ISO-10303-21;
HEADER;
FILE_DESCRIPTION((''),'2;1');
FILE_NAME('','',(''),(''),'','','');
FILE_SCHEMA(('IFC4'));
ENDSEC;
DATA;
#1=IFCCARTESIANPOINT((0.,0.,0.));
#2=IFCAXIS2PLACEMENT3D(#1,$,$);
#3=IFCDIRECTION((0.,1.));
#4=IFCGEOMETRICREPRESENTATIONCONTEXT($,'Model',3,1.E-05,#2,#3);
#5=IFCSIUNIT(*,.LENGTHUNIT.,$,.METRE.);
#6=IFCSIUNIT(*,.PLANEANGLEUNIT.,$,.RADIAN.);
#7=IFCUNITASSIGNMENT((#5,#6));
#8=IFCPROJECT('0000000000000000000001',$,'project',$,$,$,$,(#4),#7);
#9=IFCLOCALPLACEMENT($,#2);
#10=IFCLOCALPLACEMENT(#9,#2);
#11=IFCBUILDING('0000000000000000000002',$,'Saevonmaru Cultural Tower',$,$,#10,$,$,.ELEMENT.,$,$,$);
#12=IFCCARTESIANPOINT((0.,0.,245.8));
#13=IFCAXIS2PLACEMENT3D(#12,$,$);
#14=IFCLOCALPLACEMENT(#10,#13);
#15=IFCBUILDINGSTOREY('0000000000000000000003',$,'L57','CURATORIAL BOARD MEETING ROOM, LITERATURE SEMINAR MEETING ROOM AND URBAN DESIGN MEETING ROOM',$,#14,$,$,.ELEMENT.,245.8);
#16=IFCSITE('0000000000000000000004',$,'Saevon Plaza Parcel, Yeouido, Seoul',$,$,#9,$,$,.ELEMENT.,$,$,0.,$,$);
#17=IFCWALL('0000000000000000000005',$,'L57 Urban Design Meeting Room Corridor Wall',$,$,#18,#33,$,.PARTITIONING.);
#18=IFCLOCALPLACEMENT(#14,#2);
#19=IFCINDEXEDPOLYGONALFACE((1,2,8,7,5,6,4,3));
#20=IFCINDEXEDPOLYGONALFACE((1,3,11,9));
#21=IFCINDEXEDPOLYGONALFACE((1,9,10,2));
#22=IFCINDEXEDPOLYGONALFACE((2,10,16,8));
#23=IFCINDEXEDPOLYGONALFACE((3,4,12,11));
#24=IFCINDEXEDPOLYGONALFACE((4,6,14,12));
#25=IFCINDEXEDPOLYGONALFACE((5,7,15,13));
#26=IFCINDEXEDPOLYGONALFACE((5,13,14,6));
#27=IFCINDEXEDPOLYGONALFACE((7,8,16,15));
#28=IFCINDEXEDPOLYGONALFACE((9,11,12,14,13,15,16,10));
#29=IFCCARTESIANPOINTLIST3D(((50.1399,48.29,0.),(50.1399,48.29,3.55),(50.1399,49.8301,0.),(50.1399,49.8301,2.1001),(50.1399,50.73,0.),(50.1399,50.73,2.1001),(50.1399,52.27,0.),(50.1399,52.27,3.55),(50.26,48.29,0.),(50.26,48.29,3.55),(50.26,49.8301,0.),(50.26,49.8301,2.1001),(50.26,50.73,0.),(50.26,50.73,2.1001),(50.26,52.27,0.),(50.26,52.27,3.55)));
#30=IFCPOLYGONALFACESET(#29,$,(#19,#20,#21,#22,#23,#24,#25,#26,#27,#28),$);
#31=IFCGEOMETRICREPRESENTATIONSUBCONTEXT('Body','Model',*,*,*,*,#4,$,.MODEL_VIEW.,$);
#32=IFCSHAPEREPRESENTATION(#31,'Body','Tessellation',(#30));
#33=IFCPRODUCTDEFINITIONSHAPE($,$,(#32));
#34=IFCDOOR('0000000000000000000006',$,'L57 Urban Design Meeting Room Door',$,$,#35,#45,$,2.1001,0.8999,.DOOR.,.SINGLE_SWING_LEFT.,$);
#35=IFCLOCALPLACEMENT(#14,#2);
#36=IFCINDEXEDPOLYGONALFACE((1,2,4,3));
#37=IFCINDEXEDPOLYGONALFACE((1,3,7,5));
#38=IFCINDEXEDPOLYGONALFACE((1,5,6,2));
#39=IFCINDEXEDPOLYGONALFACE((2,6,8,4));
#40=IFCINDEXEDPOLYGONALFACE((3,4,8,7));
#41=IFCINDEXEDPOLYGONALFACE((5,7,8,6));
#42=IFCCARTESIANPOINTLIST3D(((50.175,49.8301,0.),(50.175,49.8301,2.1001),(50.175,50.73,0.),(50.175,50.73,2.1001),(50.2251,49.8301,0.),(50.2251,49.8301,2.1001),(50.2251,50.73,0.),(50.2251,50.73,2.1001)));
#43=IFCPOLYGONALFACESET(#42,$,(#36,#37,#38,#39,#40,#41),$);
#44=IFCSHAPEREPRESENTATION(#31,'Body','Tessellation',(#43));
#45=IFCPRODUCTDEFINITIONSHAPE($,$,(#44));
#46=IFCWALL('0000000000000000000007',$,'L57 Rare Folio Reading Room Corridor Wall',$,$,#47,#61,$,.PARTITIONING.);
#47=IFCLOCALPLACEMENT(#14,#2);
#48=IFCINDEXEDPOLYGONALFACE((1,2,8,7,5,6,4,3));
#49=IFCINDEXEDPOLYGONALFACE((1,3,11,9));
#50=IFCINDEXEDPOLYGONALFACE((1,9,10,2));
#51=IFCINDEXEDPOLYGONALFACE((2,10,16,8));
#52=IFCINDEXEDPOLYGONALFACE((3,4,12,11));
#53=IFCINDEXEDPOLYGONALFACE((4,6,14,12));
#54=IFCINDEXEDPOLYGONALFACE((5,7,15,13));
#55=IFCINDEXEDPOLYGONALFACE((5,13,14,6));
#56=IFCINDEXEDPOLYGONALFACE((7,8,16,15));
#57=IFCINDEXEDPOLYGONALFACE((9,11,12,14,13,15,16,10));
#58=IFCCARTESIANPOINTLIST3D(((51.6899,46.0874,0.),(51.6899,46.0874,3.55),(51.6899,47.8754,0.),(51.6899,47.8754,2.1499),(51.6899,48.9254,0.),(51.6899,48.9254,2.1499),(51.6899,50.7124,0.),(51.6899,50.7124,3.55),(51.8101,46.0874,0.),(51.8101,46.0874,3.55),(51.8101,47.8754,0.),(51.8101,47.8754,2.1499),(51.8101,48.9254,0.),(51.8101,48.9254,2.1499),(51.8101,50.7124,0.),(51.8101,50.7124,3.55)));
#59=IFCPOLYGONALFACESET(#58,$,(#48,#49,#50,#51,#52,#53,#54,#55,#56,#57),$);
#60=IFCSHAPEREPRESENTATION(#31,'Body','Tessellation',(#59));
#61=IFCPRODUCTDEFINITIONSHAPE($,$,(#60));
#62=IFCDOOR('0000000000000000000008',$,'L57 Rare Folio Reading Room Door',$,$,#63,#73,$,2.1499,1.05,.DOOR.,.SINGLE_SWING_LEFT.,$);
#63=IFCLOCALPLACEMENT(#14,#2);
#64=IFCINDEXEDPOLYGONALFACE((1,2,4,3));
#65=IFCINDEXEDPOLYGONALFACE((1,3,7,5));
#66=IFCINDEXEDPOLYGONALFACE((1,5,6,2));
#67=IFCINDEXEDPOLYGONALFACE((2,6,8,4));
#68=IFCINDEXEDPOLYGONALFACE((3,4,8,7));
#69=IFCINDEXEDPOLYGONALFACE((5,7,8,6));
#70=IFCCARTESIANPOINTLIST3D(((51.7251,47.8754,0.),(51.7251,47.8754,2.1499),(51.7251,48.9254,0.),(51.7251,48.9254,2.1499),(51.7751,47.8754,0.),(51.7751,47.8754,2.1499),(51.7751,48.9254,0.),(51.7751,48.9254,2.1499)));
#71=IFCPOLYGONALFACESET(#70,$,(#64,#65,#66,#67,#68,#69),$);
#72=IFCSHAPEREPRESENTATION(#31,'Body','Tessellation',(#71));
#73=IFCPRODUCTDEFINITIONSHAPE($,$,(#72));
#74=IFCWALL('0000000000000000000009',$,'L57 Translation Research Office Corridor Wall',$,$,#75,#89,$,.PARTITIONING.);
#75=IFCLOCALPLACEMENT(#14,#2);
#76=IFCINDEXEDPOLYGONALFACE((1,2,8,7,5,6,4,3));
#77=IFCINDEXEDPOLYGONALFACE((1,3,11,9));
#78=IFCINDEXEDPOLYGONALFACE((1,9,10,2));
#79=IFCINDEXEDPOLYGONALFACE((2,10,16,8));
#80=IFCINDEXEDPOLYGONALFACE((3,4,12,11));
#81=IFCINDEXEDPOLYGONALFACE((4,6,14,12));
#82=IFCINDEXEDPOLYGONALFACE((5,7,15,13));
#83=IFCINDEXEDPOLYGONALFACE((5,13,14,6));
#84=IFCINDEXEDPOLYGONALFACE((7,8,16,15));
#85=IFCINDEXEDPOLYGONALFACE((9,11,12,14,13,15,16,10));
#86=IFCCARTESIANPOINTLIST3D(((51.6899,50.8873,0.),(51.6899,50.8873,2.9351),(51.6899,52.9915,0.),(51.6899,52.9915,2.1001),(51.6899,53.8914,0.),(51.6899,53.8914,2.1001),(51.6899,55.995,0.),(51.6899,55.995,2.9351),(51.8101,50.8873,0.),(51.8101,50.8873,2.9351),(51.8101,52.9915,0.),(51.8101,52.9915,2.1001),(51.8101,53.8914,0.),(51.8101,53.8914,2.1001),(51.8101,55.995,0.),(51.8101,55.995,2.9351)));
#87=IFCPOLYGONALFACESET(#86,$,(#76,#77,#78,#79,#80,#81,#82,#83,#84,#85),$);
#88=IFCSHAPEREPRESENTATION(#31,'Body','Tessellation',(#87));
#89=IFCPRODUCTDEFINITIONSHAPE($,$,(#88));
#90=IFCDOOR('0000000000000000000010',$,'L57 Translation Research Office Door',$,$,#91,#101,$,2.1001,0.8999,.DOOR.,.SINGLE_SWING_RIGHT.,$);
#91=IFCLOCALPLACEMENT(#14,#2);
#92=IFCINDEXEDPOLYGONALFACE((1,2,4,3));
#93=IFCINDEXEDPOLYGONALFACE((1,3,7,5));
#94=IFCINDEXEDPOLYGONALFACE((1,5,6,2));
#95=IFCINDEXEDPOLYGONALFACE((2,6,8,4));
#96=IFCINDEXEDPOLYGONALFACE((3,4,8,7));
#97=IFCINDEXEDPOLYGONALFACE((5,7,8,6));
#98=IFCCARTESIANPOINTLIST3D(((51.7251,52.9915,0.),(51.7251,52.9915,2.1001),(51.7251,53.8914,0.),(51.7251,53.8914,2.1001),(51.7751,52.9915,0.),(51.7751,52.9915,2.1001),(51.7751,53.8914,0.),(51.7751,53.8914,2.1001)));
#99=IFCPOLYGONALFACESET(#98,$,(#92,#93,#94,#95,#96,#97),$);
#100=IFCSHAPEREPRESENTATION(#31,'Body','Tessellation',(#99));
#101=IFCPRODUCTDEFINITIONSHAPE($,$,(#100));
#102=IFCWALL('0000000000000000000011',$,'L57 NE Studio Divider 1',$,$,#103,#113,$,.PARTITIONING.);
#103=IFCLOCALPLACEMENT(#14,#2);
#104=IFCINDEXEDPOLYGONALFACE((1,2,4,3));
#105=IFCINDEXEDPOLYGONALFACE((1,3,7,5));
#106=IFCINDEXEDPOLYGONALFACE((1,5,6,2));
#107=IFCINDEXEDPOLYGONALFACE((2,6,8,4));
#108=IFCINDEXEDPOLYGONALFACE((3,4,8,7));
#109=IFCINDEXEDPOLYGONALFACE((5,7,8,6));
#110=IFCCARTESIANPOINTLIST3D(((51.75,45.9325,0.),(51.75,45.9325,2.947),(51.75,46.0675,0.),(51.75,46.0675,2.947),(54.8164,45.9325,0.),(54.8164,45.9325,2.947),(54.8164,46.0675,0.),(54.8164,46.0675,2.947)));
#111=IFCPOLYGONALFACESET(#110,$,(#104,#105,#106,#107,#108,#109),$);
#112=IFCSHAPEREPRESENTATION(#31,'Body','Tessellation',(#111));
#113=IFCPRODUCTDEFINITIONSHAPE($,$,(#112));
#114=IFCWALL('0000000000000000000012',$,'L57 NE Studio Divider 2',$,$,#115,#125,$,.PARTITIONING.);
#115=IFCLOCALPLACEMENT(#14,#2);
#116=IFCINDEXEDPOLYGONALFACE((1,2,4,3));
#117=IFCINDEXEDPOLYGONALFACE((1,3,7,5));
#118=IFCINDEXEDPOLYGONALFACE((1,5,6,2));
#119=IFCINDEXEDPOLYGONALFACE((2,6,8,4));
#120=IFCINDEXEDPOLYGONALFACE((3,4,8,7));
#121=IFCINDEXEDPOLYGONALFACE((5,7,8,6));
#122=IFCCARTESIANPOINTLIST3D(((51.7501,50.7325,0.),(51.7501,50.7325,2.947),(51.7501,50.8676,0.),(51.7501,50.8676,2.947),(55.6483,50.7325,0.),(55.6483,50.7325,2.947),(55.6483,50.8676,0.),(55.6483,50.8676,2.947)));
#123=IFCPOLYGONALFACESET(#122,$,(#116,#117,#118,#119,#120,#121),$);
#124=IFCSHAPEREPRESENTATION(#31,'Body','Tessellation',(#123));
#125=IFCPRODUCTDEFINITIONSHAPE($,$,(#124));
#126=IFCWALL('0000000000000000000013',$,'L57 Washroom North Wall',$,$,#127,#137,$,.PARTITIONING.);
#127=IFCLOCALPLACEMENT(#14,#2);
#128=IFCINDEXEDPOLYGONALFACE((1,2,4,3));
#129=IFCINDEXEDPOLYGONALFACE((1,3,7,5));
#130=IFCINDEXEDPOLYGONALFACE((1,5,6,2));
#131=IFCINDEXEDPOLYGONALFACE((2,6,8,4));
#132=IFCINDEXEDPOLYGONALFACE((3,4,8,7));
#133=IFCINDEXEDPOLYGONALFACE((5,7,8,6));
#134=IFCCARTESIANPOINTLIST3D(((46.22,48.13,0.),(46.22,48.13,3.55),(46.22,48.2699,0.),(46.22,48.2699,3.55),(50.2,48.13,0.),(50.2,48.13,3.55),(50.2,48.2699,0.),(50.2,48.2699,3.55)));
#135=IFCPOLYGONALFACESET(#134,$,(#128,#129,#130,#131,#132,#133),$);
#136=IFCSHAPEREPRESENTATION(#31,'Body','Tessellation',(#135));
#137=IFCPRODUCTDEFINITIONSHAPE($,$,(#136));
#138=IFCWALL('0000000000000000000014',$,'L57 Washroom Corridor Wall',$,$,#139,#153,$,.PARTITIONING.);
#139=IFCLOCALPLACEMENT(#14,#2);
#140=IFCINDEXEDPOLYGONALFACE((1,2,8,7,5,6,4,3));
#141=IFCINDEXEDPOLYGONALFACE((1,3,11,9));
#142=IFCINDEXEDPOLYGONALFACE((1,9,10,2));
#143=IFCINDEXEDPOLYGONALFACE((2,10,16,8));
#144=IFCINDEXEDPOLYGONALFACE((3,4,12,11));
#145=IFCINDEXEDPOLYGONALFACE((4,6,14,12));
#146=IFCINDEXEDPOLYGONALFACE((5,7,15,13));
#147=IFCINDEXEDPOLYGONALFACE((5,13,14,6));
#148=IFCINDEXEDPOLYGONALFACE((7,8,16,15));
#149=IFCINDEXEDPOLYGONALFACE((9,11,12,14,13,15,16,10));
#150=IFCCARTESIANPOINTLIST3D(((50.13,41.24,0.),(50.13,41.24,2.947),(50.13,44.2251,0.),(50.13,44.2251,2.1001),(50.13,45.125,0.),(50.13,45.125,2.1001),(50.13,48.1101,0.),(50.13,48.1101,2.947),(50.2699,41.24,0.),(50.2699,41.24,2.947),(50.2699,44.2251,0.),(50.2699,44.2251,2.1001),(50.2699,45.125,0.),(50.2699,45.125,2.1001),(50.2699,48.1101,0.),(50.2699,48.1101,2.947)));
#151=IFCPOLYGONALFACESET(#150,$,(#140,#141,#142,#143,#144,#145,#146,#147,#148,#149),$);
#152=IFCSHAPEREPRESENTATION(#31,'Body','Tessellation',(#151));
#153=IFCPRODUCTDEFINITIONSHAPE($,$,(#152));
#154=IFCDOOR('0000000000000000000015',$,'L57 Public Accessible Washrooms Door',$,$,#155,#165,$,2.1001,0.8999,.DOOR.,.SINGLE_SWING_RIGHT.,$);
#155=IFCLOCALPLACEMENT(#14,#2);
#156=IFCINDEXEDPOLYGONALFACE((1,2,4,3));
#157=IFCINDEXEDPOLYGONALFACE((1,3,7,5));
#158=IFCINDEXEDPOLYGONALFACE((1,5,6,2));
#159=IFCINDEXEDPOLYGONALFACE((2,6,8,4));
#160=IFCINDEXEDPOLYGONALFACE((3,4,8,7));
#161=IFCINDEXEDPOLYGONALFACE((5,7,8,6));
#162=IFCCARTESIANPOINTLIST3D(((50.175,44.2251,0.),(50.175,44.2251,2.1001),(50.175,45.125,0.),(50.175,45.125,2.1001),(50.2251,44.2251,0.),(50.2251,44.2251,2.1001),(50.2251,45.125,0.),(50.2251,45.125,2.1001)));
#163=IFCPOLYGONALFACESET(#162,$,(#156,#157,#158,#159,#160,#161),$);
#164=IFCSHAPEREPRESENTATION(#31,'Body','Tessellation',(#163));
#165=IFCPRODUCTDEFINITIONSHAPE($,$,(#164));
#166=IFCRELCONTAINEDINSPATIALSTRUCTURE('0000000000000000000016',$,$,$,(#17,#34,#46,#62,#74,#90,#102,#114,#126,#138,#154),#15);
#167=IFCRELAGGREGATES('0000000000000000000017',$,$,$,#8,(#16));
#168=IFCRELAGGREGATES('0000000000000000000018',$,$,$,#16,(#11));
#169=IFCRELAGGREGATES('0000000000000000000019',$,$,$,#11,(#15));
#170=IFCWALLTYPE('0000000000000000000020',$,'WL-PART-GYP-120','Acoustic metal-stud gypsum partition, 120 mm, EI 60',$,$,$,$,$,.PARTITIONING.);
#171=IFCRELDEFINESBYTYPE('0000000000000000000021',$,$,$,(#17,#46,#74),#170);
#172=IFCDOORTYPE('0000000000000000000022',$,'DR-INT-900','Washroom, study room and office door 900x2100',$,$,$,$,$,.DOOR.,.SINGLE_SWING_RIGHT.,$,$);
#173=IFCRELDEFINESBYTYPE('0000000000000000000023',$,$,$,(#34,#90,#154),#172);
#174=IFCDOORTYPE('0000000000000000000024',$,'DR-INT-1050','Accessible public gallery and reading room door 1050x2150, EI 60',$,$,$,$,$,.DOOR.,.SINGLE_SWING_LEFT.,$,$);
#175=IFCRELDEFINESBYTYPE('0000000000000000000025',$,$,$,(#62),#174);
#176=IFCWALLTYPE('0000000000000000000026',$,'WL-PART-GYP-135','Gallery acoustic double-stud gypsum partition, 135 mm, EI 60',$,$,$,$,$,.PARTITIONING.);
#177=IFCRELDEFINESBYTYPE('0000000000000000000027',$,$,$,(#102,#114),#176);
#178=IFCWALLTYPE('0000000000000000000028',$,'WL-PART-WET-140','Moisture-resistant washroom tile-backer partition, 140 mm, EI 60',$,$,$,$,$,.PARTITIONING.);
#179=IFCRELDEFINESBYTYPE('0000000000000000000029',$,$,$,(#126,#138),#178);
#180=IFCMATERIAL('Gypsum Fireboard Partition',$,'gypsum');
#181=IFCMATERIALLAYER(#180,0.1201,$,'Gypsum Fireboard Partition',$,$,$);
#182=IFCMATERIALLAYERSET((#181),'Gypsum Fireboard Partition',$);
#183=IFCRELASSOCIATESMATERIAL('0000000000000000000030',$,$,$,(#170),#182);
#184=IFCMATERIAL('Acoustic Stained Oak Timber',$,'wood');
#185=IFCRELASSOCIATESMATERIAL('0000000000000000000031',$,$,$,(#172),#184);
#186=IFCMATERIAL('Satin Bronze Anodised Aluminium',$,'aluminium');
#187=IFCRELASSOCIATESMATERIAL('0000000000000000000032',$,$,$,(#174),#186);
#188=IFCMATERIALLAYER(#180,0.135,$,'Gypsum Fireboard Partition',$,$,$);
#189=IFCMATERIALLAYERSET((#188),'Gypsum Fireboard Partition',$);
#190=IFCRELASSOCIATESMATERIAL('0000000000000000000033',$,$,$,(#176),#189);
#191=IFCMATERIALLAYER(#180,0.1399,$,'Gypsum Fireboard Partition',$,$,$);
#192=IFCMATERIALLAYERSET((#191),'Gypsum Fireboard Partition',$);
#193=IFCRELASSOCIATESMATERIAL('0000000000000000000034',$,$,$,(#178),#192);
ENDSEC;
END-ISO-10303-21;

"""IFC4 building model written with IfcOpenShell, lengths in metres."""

from ifc_helpers import new_model, si_unit, direction, frame, frame_2d, origin, place, context, subcontext, project, spatial, rectangle, extrude, material, layer, layer_set, type_object, element, fill, save


model = new_model("IFC4")

# Units and contexts
model_context = context("Model", 3, precision=1e-05, world=origin(), true_north=direction((0.0, 1.0)))
body_context = subcontext(model_context, "Body", "Model", "MODEL_VIEW")
ifc_project = project(units=[si_unit("LENGTHUNIT", "METRE"), si_unit("PLANEANGLEUNIT", "RADIAN")], contexts=[model_context])

# Site, building, storey
site_placement = place(None, origin())
site = spatial("IfcSite", under=ifc_project, at=site_placement, Name="Saevon Plaza Parcel, Yeouido, Seoul", CompositionType="ELEMENT", RefElevation=0.0)
building_placement = place(site_placement, origin())
building = spatial("IfcBuilding", under=site, at=building_placement, Name="Saevonmaru Cultural Tower", CompositionType="ELEMENT")
storey_placement = place(building_placement, frame((0.0, 0.0, 245.8)))
storey = spatial("IfcBuildingStorey", under=building, at=storey_placement, Name="L57", Description="CURATORIAL BOARD MEETING ROOM, LITERATURE SEMINAR MEETING ROOM AND URBAN DESIGN MEETING ROOM", CompositionType="ELEMENT", Elevation=245.8)

# Shared definitions
ifc_material_1 = material(Name="Satin Bronze Anodised Aluminium", Category="aluminium")

# Shared definitions
ifc_material_2 = material(Name="Gypsum Fireboard Partition", Category="gypsum")
ifc_layer_1 = layer(ifc_material_2, 0.1201, Name="Gypsum Fireboard Partition")
ifc_layer_set_1 = layer_set([ifc_layer_1], Name="Gypsum Fireboard Partition")
wall_type_1 = type_object("IfcWallType", Name="WL-PART-GYP-120", Description="Acoustic metal-stud gypsum partition, 120 mm, EI 60", PredefinedType="PARTITIONING", material=ifc_layer_set_1)

# Walls, openings, doors
wall_1_placement = place(storey_placement, frame((50.2, 48.29, 0.0), z_axis=(0.0, 0.0, 1.0), x_axis=(0.0, 1.0, 0.0)))
wall_1 = element("IfcWall", 1, at=wall_1_placement, inside=storey, type_object=wall_type_1, Name="L57 Urban Design Meeting Room Corridor Wall", PredefinedType="PARTITIONING", context=body_context, shape_type="SweptSolid", body=[
    extrude(rectangle(XDim=3.98, YDim=0.1201, at=frame_2d((1.99, 0.0))), origin(), (0.0, 0.0, 1.0), 3.55),
])
opening_1_placement = place(wall_1_placement, frame((1.54, 0.0, 0.0)))
opening_1 = element("IfcOpeningElement", 2, at=opening_1_placement, cuts=wall_1, PredefinedType="OPENING", context=body_context, shape_type="SweptSolid", body=[
    extrude(rectangle(XDim=0.8999, YDim=2.1001, at=frame_2d((0.45, 1.05))), frame((0.0, 0.0701, 0.0), z_axis=(0.0, -1.0, 0.0), x_axis=(1.0, 0.0, 0.0)), (0.0, 0.0, 1.0), 0.1401),
])
ifc_material_3 = material(Name="Acoustic Stained Oak Timber", Category="wood")
door_type_1 = type_object("IfcDoorType", Name="DR-INT-900", Description="Washroom, study room and office door 900x2100", OperationType="SINGLE_SWING_RIGHT", PredefinedType="DOOR", material=ifc_material_3)
door_1_placement = place(opening_1_placement, origin())
door_1 = element("IfcDoor", 3, at=door_1_placement, inside=storey, type_object=door_type_1, Name="L57 Urban Design Meeting Room Door", OperationType="SINGLE_SWING_LEFT", OverallHeight=2.1001, OverallWidth=0.8999, PredefinedType="DOOR", context=body_context, shape_type="SweptSolid", body=[
    extrude(rectangle(XDim=0.8999, YDim=2.1001, at=frame_2d((0.45, 1.05))), frame((0.0, 0.0249, 0.0), z_axis=(0.0, -1.0, 0.0), x_axis=(1.0, 0.0, 0.0)), (0.0, 0.0, 1.0), 0.05),
])
fill(opening_1, door_1)
wall_2_placement = place(storey_placement, frame((51.75, 46.0874, 0.0), z_axis=(0.0, 0.0, 1.0), x_axis=(0.0, 1.0, 0.0)))
wall_2 = element("IfcWall", 4, at=wall_2_placement, inside=storey, type_object=wall_type_1, Name="L57 Rare Folio Reading Room Corridor Wall", PredefinedType="PARTITIONING", context=body_context, shape_type="SweptSolid", body=[
    extrude(rectangle(XDim=4.625, YDim=0.1201, at=frame_2d((2.3125, 0.0))), origin(), (0.0, 0.0, 1.0), 3.55),
])
opening_2_placement = place(wall_2_placement, frame((1.7881, 0.0, 0.0)))
opening_2 = element("IfcOpeningElement", 5, at=opening_2_placement, cuts=wall_2, PredefinedType="OPENING", context=body_context, shape_type="SweptSolid", body=[
    extrude(rectangle(XDim=1.05, YDim=2.1499, at=frame_2d((0.5249, 1.075))), frame((0.0, 0.0701, 0.0), z_axis=(0.0, -1.0, 0.0), x_axis=(1.0, 0.0, 0.0)), (0.0, 0.0, 1.0), 0.1401),
])
door_type_2 = type_object("IfcDoorType", Name="DR-INT-1050", Description="Accessible public gallery and reading room door 1050x2150, EI 60", OperationType="SINGLE_SWING_LEFT", PredefinedType="DOOR", material=ifc_material_1)
door_2_placement = place(opening_2_placement, origin())
door_2 = element("IfcDoor", 6, at=door_2_placement, inside=storey, type_object=door_type_2, Name="L57 Rare Folio Reading Room Door", OperationType="SINGLE_SWING_LEFT", OverallHeight=2.1499, OverallWidth=1.05, PredefinedType="DOOR", context=body_context, shape_type="SweptSolid", body=[
    extrude(rectangle(XDim=1.05, YDim=2.1499, at=frame_2d((0.5249, 1.075))), frame((0.0, 0.0249, 0.0), z_axis=(0.0, -1.0, 0.0), x_axis=(1.0, 0.0, 0.0)), (0.0, 0.0, 1.0), 0.05),
])
fill(opening_2, door_2)
wall_3_placement = place(storey_placement, frame((51.75, 50.8875, 0.0), z_axis=(0.0, 0.0, 1.0), x_axis=(0.0, 1.0, 0.0)))
wall_3 = element("IfcWall", 7, at=wall_3_placement, inside=storey, type_object=wall_type_1, Name="L57 Translation Research Office Corridor Wall", PredefinedType="PARTITIONING", context=body_context, shape_type="SweptSolid", body=[
    extrude(rectangle(XDim=5.1077, YDim=0.1201, at=frame_2d((2.5537, 0.0))), origin(), (0.0, 0.0, 1.0), 2.9351),
])
opening_3_placement = place(wall_3_placement, frame((2.104, 0.0, 0.0)))
opening_3 = element("IfcOpeningElement", 8, at=opening_3_placement, cuts=wall_3, PredefinedType="OPENING", context=body_context, shape_type="SweptSolid", body=[
    extrude(rectangle(XDim=0.8999, YDim=2.1001, at=frame_2d((0.45, 1.05))), frame((0.0, 0.0701, 0.0), z_axis=(0.0, -1.0, 0.0), x_axis=(1.0, 0.0, 0.0)), (0.0, 0.0, 1.0), 0.1401),
])
door_3_placement = place(opening_3_placement, origin())
door_3 = element("IfcDoor", 9, at=door_3_placement, inside=storey, type_object=door_type_1, Name="L57 Translation Research Office Door", OperationType="SINGLE_SWING_RIGHT", OverallHeight=2.1001, OverallWidth=0.8999, PredefinedType="DOOR", context=body_context, shape_type="SweptSolid", body=[
    extrude(rectangle(XDim=0.8999, YDim=2.1001, at=frame_2d((0.45, 1.05))), frame((0.0, 0.0249, 0.0), z_axis=(0.0, -1.0, 0.0), x_axis=(1.0, 0.0, 0.0)), (0.0, 0.0, 1.0), 0.05),
])
fill(opening_3, door_3)

# Walls
ifc_layer_2 = layer(ifc_material_2, 0.135, Name="Gypsum Fireboard Partition")
ifc_layer_set_2 = layer_set([ifc_layer_2], Name="Gypsum Fireboard Partition")
wall_type_2 = type_object("IfcWallType", Name="WL-PART-GYP-135", Description="Gallery acoustic double-stud gypsum partition, 135 mm, EI 60", PredefinedType="PARTITIONING", material=ifc_layer_set_2)
wall_4_placement = place(storey_placement, frame((51.75, 46.0, 0.0), z_axis=(0.0, 0.0, 1.0), x_axis=(1.0, 0.0, 0.0)))
element("IfcWall", 10, at=wall_4_placement, inside=storey, type_object=wall_type_2, Name="L57 NE Studio Divider 1", PredefinedType="PARTITIONING", context=body_context, shape_type="SweptSolid", body=[
    extrude(rectangle(XDim=3.0664, YDim=0.135, at=frame_2d((1.5332, 0.0))), origin(), (0.0, 0.0, 1.0), 2.947),
])
wall_5_placement = place(storey_placement, frame((51.75, 50.8, 0.0), z_axis=(0.0, 0.0, 1.0), x_axis=(1.0, 0.0, 0.0)))
element("IfcWall", 11, at=wall_5_placement, inside=storey, type_object=wall_type_2, Name="L57 NE Studio Divider 2", PredefinedType="PARTITIONING", context=body_context, shape_type="SweptSolid", body=[
    extrude(rectangle(XDim=3.8982, YDim=0.135, at=frame_2d((1.9492, 0.0))), origin(), (0.0, 0.0, 1.0), 2.947),
])
ifc_layer_3 = layer(ifc_material_2, 0.1399, Name="Gypsum Fireboard Partition")
ifc_layer_set_3 = layer_set([ifc_layer_3], Name="Gypsum Fireboard Partition")
wall_type_3 = type_object("IfcWallType", Name="WL-PART-WET-140", Description="Moisture-resistant washroom tile-backer partition, 140 mm, EI 60", PredefinedType="PARTITIONING", material=ifc_layer_set_3)
wall_6_placement = place(storey_placement, frame((46.22, 48.2, 0.0), z_axis=(0.0, 0.0, 1.0), x_axis=(1.0, 0.0, 0.0)))
element("IfcWall", 12, at=wall_6_placement, inside=storey, type_object=wall_type_3, Name="L57 Washroom North Wall", PredefinedType="PARTITIONING", context=body_context, shape_type="SweptSolid", body=[
    extrude(rectangle(XDim=3.98, YDim=0.1399, at=frame_2d((1.99, 0.0))), origin(), (0.0, 0.0, 1.0), 3.55),
])

# Wall, opening, door
wall_7_placement = place(storey_placement, frame((50.2, 41.24, 0.0), z_axis=(0.0, 0.0, 1.0), x_axis=(0.0, 1.0, 0.0)))
wall_7 = element("IfcWall", 13, at=wall_7_placement, inside=storey, type_object=wall_type_3, Name="L57 Washroom Corridor Wall", PredefinedType="PARTITIONING", context=body_context, shape_type="SweptSolid", body=[
    extrude(rectangle(XDim=6.8701, YDim=0.1399, at=frame_2d((3.4351, 0.0))), origin(), (0.0, 0.0, 1.0), 2.947),
])
opening_4_placement = place(wall_7_placement, frame((2.9851, 0.0, 0.0)))
opening_4 = element("IfcOpeningElement", 14, at=opening_4_placement, cuts=wall_7, PredefinedType="OPENING", context=body_context, shape_type="SweptSolid", body=[
    extrude(rectangle(XDim=0.8999, YDim=2.1001, at=frame_2d((0.45, 1.05))), frame((0.0, 0.0801, 0.0), z_axis=(0.0, -1.0, 0.0), x_axis=(1.0, 0.0, 0.0)), (0.0, 0.0, 1.0), 0.1599),
])
door_4_placement = place(opening_4_placement, origin())
door_4 = element("IfcDoor", 15, at=door_4_placement, inside=storey, type_object=door_type_1, Name="L57 Public Accessible Washrooms Door", OperationType="SINGLE_SWING_RIGHT", OverallHeight=2.1001, OverallWidth=0.8999, PredefinedType="DOOR", context=body_context, shape_type="SweptSolid", body=[
    extrude(rectangle(XDim=0.8999, YDim=2.1001, at=frame_2d((0.45, 1.05))), frame((0.0, 0.0249, 0.0), z_axis=(0.0, -1.0, 0.0), x_axis=(1.0, 0.0, 0.0)), (0.0, 0.0, 1.0), 0.05),
])
fill(opening_4, door_4)

save(model, "model.ifc")
